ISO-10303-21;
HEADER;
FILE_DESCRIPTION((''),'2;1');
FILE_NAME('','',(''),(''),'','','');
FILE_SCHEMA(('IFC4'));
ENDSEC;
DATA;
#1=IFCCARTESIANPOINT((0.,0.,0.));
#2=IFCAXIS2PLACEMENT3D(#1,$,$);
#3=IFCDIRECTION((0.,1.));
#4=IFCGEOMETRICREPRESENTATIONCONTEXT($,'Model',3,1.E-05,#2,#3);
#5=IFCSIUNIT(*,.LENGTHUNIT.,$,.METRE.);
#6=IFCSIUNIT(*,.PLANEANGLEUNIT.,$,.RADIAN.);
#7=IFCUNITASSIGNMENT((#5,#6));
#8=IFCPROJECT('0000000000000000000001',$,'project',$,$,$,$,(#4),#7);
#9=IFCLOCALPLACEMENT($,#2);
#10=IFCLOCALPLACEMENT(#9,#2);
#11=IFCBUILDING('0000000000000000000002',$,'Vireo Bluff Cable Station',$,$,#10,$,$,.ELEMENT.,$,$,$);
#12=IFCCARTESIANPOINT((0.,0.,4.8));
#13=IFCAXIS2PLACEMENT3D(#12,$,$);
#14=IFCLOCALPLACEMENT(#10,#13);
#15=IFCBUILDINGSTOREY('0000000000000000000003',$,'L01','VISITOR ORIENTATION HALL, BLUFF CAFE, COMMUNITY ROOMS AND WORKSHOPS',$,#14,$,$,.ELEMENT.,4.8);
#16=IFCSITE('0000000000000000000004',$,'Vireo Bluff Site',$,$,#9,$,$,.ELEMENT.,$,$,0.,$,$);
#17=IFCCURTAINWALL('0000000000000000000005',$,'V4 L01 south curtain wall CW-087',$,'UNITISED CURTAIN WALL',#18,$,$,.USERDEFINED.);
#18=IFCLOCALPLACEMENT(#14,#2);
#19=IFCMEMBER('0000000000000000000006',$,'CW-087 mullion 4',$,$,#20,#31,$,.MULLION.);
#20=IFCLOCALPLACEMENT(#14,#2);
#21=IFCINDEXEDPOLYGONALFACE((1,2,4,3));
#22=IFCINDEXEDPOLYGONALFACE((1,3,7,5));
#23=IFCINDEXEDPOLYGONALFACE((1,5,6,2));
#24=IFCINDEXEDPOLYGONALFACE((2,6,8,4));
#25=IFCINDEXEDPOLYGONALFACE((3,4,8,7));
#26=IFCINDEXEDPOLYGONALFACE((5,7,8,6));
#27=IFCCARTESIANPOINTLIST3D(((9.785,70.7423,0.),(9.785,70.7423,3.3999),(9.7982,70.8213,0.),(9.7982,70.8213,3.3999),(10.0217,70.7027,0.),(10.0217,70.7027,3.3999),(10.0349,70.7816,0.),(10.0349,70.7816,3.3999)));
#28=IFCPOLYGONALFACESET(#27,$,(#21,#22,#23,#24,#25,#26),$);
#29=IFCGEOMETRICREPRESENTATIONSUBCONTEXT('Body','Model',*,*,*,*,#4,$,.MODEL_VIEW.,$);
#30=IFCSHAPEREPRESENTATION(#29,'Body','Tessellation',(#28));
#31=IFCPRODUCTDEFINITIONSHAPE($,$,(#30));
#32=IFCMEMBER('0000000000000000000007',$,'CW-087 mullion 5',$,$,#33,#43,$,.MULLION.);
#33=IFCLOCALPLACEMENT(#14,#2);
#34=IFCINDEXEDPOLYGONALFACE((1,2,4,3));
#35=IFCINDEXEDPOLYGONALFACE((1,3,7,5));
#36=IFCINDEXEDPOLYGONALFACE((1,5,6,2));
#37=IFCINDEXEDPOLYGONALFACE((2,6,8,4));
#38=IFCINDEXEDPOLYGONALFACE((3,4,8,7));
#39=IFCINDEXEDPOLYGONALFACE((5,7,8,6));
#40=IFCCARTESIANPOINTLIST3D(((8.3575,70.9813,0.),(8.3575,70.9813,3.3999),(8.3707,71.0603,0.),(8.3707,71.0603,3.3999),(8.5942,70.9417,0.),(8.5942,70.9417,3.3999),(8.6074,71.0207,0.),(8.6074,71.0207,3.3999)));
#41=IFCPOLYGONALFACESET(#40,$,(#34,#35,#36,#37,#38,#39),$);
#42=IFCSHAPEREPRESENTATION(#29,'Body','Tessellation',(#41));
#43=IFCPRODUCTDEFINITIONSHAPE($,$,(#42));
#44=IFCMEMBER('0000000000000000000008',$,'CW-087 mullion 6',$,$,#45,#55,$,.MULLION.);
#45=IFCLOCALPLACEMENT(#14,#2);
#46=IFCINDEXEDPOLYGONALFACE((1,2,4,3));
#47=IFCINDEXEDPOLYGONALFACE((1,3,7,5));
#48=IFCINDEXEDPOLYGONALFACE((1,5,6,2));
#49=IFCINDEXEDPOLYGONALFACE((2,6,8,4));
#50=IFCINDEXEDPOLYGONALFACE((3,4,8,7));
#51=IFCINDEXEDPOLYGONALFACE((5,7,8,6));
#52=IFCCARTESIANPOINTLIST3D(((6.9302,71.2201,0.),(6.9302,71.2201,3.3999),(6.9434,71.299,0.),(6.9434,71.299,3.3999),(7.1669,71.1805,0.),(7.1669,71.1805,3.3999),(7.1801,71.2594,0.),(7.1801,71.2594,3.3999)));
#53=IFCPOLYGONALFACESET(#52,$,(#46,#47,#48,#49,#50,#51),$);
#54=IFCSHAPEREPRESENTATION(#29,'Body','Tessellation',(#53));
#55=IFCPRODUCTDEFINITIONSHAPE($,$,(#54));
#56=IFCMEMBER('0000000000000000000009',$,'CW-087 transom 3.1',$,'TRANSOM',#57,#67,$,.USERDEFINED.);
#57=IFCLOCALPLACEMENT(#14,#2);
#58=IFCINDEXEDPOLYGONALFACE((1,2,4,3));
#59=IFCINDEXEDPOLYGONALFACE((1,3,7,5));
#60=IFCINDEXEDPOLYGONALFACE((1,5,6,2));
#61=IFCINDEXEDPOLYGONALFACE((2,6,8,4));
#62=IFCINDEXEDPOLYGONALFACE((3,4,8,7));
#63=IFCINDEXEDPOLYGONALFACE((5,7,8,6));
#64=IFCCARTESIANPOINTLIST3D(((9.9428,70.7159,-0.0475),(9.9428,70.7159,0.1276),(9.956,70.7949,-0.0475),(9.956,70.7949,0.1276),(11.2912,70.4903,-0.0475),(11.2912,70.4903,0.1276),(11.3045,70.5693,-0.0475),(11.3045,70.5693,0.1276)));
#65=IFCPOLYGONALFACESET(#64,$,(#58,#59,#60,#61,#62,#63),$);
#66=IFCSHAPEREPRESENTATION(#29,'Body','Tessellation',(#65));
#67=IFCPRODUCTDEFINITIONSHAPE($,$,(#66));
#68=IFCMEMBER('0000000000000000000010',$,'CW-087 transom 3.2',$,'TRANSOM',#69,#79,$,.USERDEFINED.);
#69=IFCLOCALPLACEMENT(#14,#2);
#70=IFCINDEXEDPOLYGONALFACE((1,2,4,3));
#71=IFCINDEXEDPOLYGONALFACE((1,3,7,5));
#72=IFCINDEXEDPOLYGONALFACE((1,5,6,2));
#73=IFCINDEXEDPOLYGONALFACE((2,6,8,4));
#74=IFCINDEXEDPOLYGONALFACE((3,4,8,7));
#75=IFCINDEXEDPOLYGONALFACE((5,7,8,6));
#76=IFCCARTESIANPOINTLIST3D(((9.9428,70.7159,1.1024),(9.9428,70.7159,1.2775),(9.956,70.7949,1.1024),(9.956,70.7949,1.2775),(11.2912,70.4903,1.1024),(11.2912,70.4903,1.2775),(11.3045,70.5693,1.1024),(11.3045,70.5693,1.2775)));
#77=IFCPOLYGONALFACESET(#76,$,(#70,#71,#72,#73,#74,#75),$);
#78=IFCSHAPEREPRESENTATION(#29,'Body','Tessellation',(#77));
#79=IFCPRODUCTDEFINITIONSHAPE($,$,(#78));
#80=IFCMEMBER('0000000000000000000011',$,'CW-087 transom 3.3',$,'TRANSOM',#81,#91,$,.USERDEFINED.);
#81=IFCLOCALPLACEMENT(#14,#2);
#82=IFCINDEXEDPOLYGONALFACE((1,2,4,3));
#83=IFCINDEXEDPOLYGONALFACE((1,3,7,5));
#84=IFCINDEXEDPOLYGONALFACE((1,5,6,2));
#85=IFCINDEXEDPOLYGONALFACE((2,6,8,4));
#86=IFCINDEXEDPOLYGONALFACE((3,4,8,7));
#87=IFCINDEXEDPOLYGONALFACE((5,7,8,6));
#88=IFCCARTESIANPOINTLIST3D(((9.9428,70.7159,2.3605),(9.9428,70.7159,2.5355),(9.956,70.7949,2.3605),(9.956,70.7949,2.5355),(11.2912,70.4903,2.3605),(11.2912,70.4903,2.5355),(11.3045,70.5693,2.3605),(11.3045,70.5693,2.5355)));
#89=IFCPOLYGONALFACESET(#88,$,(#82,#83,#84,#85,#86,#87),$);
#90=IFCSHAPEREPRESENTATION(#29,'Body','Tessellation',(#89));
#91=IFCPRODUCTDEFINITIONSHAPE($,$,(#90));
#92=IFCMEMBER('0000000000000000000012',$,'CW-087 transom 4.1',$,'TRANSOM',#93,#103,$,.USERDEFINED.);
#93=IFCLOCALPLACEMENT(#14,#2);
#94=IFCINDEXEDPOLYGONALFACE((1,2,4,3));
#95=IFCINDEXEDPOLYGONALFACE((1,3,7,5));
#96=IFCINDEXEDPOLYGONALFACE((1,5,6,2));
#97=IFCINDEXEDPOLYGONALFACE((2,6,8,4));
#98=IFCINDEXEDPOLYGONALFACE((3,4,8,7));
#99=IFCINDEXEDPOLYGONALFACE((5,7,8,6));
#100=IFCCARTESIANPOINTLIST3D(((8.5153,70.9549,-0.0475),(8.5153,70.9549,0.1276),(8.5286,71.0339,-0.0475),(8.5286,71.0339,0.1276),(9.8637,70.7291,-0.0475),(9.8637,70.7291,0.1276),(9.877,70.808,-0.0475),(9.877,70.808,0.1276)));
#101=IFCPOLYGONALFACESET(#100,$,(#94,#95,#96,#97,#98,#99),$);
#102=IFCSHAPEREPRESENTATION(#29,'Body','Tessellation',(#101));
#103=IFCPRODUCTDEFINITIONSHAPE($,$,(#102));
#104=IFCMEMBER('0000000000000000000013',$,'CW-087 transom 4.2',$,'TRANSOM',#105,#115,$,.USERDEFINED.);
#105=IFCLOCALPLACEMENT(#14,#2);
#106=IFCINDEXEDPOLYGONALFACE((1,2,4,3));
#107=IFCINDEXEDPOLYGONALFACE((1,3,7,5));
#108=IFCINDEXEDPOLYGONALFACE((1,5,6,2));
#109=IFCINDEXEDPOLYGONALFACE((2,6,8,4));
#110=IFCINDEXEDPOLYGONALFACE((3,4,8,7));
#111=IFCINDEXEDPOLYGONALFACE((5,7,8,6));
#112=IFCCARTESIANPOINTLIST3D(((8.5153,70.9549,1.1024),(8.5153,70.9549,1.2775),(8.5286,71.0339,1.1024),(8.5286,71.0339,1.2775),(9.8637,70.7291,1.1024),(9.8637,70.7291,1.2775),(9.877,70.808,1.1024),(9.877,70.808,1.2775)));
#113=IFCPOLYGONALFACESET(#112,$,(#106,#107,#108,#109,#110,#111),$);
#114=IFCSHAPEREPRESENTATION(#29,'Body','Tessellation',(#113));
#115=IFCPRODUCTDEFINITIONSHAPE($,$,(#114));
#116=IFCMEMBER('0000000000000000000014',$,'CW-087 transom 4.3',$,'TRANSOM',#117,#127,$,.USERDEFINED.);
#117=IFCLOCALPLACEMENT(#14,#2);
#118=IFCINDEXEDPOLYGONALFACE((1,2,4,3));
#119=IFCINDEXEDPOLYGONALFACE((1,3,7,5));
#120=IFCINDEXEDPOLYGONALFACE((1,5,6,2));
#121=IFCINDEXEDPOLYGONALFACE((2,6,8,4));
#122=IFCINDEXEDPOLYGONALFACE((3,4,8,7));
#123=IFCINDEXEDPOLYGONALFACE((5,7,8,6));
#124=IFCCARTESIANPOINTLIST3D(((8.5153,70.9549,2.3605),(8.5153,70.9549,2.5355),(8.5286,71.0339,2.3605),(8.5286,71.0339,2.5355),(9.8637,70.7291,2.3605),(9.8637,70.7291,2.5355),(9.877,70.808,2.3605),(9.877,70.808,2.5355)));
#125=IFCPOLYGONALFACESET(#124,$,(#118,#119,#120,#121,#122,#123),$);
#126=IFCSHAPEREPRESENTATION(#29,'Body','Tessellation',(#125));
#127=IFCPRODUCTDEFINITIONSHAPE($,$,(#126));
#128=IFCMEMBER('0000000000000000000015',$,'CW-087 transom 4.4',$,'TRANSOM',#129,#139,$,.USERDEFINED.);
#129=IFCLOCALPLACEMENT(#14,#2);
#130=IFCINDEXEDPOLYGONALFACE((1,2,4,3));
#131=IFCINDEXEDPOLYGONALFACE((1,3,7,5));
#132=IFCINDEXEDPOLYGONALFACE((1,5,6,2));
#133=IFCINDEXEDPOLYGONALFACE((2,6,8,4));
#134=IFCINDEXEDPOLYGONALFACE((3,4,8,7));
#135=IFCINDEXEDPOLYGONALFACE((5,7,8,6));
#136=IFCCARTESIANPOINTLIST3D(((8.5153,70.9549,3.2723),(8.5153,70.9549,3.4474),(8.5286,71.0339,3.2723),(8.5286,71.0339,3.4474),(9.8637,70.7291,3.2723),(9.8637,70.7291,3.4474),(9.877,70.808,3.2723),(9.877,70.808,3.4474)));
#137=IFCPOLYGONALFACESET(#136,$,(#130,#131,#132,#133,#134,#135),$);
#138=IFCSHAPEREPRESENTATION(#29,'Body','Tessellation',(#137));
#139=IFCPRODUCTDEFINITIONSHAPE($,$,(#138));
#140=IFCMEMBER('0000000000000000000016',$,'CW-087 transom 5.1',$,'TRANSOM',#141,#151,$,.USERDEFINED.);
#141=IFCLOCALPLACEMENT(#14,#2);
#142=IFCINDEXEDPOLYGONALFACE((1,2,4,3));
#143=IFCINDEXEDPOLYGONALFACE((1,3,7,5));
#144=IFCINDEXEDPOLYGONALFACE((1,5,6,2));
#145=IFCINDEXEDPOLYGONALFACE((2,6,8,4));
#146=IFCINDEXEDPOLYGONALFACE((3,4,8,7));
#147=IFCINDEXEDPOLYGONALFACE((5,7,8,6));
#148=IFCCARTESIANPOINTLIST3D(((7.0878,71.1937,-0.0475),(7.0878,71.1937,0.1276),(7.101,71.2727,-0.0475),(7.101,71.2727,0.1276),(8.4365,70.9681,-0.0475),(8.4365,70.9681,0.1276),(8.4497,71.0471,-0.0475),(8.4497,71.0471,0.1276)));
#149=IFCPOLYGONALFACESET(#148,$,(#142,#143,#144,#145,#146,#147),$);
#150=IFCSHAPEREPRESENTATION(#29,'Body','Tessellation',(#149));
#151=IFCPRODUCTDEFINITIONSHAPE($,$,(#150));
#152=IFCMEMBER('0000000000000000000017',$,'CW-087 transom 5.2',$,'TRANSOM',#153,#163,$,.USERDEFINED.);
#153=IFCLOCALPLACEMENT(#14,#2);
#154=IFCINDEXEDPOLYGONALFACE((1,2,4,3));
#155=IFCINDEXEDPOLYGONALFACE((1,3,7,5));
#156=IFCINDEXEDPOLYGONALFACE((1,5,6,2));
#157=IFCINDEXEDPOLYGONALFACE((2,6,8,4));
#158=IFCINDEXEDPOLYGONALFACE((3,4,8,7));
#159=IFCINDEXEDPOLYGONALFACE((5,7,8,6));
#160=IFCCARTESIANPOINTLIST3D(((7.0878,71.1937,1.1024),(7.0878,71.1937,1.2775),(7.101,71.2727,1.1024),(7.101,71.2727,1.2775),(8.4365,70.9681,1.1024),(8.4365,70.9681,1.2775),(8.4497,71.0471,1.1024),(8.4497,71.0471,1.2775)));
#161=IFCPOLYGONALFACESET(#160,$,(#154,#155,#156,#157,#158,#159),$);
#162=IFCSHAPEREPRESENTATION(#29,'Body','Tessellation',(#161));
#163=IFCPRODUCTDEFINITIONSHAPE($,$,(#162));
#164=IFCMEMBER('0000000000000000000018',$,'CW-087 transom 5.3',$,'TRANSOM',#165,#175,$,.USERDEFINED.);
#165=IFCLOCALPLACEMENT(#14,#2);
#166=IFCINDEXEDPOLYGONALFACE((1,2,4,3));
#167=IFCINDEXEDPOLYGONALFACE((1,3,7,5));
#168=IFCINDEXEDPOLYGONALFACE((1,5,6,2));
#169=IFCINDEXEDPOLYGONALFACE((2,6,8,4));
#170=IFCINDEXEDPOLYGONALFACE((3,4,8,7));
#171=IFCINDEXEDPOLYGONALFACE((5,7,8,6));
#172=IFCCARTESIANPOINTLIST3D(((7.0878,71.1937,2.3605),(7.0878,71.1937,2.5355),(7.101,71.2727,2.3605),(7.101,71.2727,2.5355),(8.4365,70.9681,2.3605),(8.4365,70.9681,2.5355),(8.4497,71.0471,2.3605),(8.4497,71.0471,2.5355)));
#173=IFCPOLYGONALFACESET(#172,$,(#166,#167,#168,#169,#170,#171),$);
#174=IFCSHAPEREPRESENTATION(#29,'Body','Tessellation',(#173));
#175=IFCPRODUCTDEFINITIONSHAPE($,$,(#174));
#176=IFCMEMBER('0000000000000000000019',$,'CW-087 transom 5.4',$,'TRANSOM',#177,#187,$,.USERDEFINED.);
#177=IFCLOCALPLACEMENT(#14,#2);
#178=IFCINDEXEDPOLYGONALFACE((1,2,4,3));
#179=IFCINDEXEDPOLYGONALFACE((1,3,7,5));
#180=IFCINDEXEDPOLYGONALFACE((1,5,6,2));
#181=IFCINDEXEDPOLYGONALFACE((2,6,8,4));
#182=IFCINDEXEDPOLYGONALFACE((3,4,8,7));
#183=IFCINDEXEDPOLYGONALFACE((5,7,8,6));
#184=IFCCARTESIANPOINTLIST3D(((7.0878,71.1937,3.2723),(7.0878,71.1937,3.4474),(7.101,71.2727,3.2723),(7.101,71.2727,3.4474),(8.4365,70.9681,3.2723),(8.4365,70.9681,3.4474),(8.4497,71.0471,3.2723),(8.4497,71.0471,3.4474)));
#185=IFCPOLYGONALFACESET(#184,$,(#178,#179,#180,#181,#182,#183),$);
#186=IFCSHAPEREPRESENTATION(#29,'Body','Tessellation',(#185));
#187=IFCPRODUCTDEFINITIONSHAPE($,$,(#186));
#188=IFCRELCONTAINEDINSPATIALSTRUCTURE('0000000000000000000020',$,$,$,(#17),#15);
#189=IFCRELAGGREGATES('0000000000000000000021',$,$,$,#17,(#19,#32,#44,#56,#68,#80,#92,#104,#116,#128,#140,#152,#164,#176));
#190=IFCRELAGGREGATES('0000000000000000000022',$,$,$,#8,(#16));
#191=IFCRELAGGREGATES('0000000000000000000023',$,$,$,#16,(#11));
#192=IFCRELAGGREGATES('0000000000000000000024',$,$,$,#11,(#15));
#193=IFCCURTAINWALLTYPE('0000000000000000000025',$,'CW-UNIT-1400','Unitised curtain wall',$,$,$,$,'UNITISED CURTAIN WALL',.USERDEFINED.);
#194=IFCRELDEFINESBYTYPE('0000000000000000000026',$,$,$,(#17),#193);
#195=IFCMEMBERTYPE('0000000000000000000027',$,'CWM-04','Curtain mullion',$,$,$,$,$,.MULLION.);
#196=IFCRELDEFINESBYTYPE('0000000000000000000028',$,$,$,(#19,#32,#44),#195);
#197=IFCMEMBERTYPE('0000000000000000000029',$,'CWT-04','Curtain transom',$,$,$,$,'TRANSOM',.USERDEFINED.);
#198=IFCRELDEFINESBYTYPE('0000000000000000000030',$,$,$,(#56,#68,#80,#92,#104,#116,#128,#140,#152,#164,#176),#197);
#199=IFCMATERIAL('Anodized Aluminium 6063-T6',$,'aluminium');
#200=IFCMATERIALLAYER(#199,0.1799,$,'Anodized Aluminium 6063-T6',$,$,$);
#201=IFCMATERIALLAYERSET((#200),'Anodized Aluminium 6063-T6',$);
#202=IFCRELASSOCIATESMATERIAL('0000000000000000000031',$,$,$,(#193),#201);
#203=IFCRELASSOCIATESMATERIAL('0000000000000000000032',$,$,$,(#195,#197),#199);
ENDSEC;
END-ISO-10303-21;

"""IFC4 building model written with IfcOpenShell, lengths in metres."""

from ifc_helpers import new_model, si_unit, direction, frame, origin, origin_2d, place, context, subcontext, project, spatial, rectangle, extrude, material, layer, layer_set, material_profile, profile_set, type_object, element, aggregate, save


model = new_model("IFC4")

# Units and contexts
model_context = context("Model", 3, precision=1e-05, world=origin(), true_north=direction((0.0, 1.0)))
body_context = subcontext(model_context, "Body", "Model", "MODEL_VIEW")
ifc_project = project(units=[si_unit("LENGTHUNIT", "METRE"), si_unit("PLANEANGLEUNIT", "RADIAN")], contexts=[model_context])

# Site, building, storey
site_placement = place(None, origin())
site = spatial("IfcSite", under=ifc_project, at=site_placement, Name="Vireo Bluff Site", CompositionType="ELEMENT", RefElevation=0.0)
building_placement = place(site_placement, origin())
building = spatial("IfcBuilding", under=site, at=building_placement, Name="Vireo Bluff Cable Station", CompositionType="ELEMENT")
storey_placement = place(building_placement, frame((0.0, 0.0, 4.8)))
storey = spatial("IfcBuildingStorey", under=building, at=storey_placement, Name="L01", Description="VISITOR ORIENTATION HALL, BLUFF CAFE, COMMUNITY ROOMS AND WORKSHOPS", CompositionType="ELEMENT", Elevation=4.8)

# Curtain wall, members
ifc_material_1 = material(Name="Anodized Aluminium 6063-T6", Category="aluminium")
ifc_layer_1 = layer(ifc_material_1, 0.1799, Name="Anodized Aluminium 6063-T6")
ifc_layer_set_1 = layer_set([ifc_layer_1], Name="Anodized Aluminium 6063-T6")
curtain_wall_type = type_object("IfcCurtainWallType", Name="CW-UNIT-1400", Description="Unitised curtain wall", ElementType="UNITISED CURTAIN WALL", PredefinedType="USERDEFINED", material=ifc_layer_set_1)
curtain_wall_placement = place(storey_placement, origin())
curtain_wall = element("IfcCurtainWall", 1, at=curtain_wall_placement, inside=storey, type_object=curtain_wall_type, Name="V4 L01 south curtain wall CW-087", ObjectType="UNITISED CURTAIN WALL", PredefinedType="USERDEFINED")
ifc_material_profile_1 = material_profile(ifc_material_1, rectangle(XDim=0.0801, YDim=0.24, at=origin_2d()), Name="ALU-M-80X240")
ifc_profile_set_1 = profile_set([ifc_material_profile_1], Name="Anodized Aluminium 6063-T6")
member_type_1 = type_object("IfcMemberType", Name="CWM-04", Description="Curtain mullion", PredefinedType="MULLION", material=ifc_profile_set_1)
member_1_placement = place(storey_placement, frame((9.9099, 70.762, 0.0), z_axis=(0.0, 0.0, 1.0), x_axis=(-0.165048, -0.986286, 0.0)))
member_1 = element("IfcMember", 2, at=member_1_placement, type_object=member_type_1, Name="CW-087 mullion 4", PredefinedType="MULLION", context=body_context, shape_type="SweptSolid", body=[
    extrude(rectangle(XDim=0.0801, YDim=0.24, at=origin_2d()), origin(), (0.0, 0.0, 1.0), 3.3999),
])
member_2_placement = place(storey_placement, frame((8.4824, 71.001, 0.0), z_axis=(0.0, 0.0, 1.0), x_axis=(-0.165048, -0.986286, 0.0)))
member_2 = element("IfcMember", 3, at=member_2_placement, type_object=member_type_1, Name="CW-087 mullion 5", PredefinedType="MULLION", context=body_context, shape_type="SweptSolid", body=[
    extrude(rectangle(XDim=0.0801, YDim=0.24, at=origin_2d()), origin(), (0.0, 0.0, 1.0), 3.3999),
])
member_3_placement = place(storey_placement, frame((7.0552, 71.2397, 0.0), z_axis=(0.0, 0.0, 1.0), x_axis=(-0.165048, -0.986286, 0.0)))
member_3 = element("IfcMember", 4, at=member_3_placement, type_object=member_type_1, Name="CW-087 mullion 6", PredefinedType="MULLION", context=body_context, shape_type="SweptSolid", body=[
    extrude(rectangle(XDim=0.0801, YDim=0.24, at=origin_2d()), origin(), (0.0, 0.0, 1.0), 3.3999),
])
ifc_material_profile_2 = material_profile(ifc_material_1, rectangle(XDim=0.0801, YDim=0.175, at=origin_2d()), Name="ALU-T-80X175")
ifc_profile_set_2 = profile_set([ifc_material_profile_2], Name="Anodized Aluminium 6063-T6")
member_type_2 = type_object("IfcMemberType", Name="CWT-04", Description="Curtain transom", ElementType="TRANSOM", PredefinedType="USERDEFINED", material=ifc_profile_set_2)
member_4_placement = place(storey_placement, frame((11.2979, 70.5298, 0.04), z_axis=(-0.986292, 0.165007, 0.0), x_axis=(-0.165007, -0.986292, 0.0)))
member_4 = element("IfcMember", 5, at=member_4_placement, type_object=member_type_2, Name="CW-087 transom 3.1", ObjectType="TRANSOM", PredefinedType="USERDEFINED", context=body_context, shape_type="SweptSolid", body=[
    extrude(rectangle(XDim=0.0801, YDim=0.175, at=origin_2d()), origin(), (0.0, 0.0, 1.0), 1.3672),
])
member_5_placement = place(storey_placement, frame((11.2979, 70.5298, 1.1899), z_axis=(-0.986292, 0.165007, 0.0), x_axis=(-0.165007, -0.986292, 0.0)))
member_5 = element("IfcMember", 6, at=member_5_placement, type_object=member_type_2, Name="CW-087 transom 3.2", ObjectType="TRANSOM", PredefinedType="USERDEFINED", context=body_context, shape_type="SweptSolid", body=[
    extrude(rectangle(XDim=0.0801, YDim=0.175, at=origin_2d()), origin(), (0.0, 0.0, 1.0), 1.3672),
])
member_6_placement = place(storey_placement, frame((11.2979, 70.5298, 2.448), z_axis=(-0.986292, 0.165007, 0.0), x_axis=(-0.165007, -0.986292, 0.0)))
member_6 = element("IfcMember", 7, at=member_6_placement, type_object=member_type_2, Name="CW-087 transom 3.3", ObjectType="TRANSOM", PredefinedType="USERDEFINED", context=body_context, shape_type="SweptSolid", body=[
    extrude(rectangle(XDim=0.0801, YDim=0.175, at=origin_2d()), origin(), (0.0, 0.0, 1.0), 1.3672),
])
member_7_placement = place(storey_placement, frame((9.8704, 70.7686, 0.04), z_axis=(-0.986263, 0.165181, 0.0), x_axis=(-0.165181, -0.986263, 0.0)))
member_7 = element("IfcMember", 8, at=member_7_placement, type_object=member_type_2, Name="CW-087 transom 4.1", ObjectType="TRANSOM", PredefinedType="USERDEFINED", context=body_context, shape_type="SweptSolid", body=[
    extrude(rectangle(XDim=0.0801, YDim=0.175, at=origin_2d()), origin(), (0.0, 0.0, 1.0), 1.3672),
])
member_8_placement = place(storey_placement, frame((9.8704, 70.7686, 1.1899), z_axis=(-0.986263, 0.165181, 0.0), x_axis=(-0.165181, -0.986263, 0.0)))
member_8 = element("IfcMember", 9, at=member_8_placement, type_object=member_type_2, Name="CW-087 transom 4.2", ObjectType="TRANSOM", PredefinedType="USERDEFINED", context=body_context, shape_type="SweptSolid", body=[
    extrude(rectangle(XDim=0.0801, YDim=0.175, at=origin_2d()), origin(), (0.0, 0.0, 1.0), 1.3672),
])
member_9_placement = place(storey_placement, frame((9.8704, 70.7686, 2.448), z_axis=(-0.986263, 0.165181, 0.0), x_axis=(-0.165181, -0.986263, 0.0)))
member_9 = element("IfcMember", 10, at=member_9_placement, type_object=member_type_2, Name="CW-087 transom 4.3", ObjectType="TRANSOM", PredefinedType="USERDEFINED", context=body_context, shape_type="SweptSolid", body=[
    extrude(rectangle(XDim=0.0801, YDim=0.175, at=origin_2d()), origin(), (0.0, 0.0, 1.0), 1.3672),
])
member_10_placement = place(storey_placement, frame((9.8704, 70.7686, 3.3599), z_axis=(-0.986263, 0.165181, 0.0), x_axis=(-0.165181, -0.986263, 0.0)))
member_10 = element("IfcMember", 11, at=member_10_placement, type_object=member_type_2, Name="CW-087 transom 4.4", ObjectType="TRANSOM", PredefinedType="USERDEFINED", context=body_context, shape_type="SweptSolid", body=[
    extrude(rectangle(XDim=0.0801, YDim=0.175, at=origin_2d()), origin(), (0.0, 0.0, 1.0), 1.3672),
])
member_11_placement = place(storey_placement, frame((8.4431, 71.0076, 0.04), z_axis=(-0.986297, 0.164978, 0.0), x_axis=(-0.164978, -0.986297, 0.0)))
member_11 = element("IfcMember", 12, at=member_11_placement, type_object=member_type_2, Name="CW-087 transom 5.1", ObjectType="TRANSOM", PredefinedType="USERDEFINED", context=body_context, shape_type="SweptSolid", body=[
    extrude(rectangle(XDim=0.0801, YDim=0.175, at=origin_2d()), origin(), (0.0, 0.0, 1.0), 1.3674),
])
member_12_placement = place(storey_placement, frame((8.4431, 71.0076, 1.1899), z_axis=(-0.986297, 0.164978, 0.0), x_axis=(-0.164978, -0.986297, 0.0)))
member_12 = element("IfcMember", 13, at=member_12_placement, type_object=member_type_2, Name="CW-087 transom 5.2", ObjectType="TRANSOM", PredefinedType="USERDEFINED", context=body_context, shape_type="SweptSolid", body=[
    extrude(rectangle(XDim=0.0801, YDim=0.175, at=origin_2d()), origin(), (0.0, 0.0, 1.0), 1.3674),
])
member_13_placement = place(storey_placement, frame((8.4431, 71.0076, 2.448), z_axis=(-0.986297, 0.164978, 0.0), x_axis=(-0.164978, -0.986297, 0.0)))
member_13 = element("IfcMember", 14, at=member_13_placement, type_object=member_type_2, Name="CW-087 transom 5.3", ObjectType="TRANSOM", PredefinedType="USERDEFINED", context=body_context, shape_type="SweptSolid", body=[
    extrude(rectangle(XDim=0.0801, YDim=0.175, at=origin_2d()), origin(), (0.0, 0.0, 1.0), 1.3674),
])
member_14_placement = place(storey_placement, frame((8.4431, 71.0076, 3.3599), z_axis=(-0.986297, 0.164978, 0.0), x_axis=(-0.164978, -0.986297, 0.0)))
member_14 = element("IfcMember", 15, at=member_14_placement, type_object=member_type_2, Name="CW-087 transom 5.4", ObjectType="TRANSOM", PredefinedType="USERDEFINED", context=body_context, shape_type="SweptSolid", body=[
    extrude(rectangle(XDim=0.0801, YDim=0.175, at=origin_2d()), origin(), (0.0, 0.0, 1.0), 1.3674),
])
aggregate(curtain_wall, [member_1, member_2, member_3, member_4, member_5, member_6, member_7, member_8, member_9, member_10, member_11, member_12, member_13, member_14])

save(model, "model.ifc")
